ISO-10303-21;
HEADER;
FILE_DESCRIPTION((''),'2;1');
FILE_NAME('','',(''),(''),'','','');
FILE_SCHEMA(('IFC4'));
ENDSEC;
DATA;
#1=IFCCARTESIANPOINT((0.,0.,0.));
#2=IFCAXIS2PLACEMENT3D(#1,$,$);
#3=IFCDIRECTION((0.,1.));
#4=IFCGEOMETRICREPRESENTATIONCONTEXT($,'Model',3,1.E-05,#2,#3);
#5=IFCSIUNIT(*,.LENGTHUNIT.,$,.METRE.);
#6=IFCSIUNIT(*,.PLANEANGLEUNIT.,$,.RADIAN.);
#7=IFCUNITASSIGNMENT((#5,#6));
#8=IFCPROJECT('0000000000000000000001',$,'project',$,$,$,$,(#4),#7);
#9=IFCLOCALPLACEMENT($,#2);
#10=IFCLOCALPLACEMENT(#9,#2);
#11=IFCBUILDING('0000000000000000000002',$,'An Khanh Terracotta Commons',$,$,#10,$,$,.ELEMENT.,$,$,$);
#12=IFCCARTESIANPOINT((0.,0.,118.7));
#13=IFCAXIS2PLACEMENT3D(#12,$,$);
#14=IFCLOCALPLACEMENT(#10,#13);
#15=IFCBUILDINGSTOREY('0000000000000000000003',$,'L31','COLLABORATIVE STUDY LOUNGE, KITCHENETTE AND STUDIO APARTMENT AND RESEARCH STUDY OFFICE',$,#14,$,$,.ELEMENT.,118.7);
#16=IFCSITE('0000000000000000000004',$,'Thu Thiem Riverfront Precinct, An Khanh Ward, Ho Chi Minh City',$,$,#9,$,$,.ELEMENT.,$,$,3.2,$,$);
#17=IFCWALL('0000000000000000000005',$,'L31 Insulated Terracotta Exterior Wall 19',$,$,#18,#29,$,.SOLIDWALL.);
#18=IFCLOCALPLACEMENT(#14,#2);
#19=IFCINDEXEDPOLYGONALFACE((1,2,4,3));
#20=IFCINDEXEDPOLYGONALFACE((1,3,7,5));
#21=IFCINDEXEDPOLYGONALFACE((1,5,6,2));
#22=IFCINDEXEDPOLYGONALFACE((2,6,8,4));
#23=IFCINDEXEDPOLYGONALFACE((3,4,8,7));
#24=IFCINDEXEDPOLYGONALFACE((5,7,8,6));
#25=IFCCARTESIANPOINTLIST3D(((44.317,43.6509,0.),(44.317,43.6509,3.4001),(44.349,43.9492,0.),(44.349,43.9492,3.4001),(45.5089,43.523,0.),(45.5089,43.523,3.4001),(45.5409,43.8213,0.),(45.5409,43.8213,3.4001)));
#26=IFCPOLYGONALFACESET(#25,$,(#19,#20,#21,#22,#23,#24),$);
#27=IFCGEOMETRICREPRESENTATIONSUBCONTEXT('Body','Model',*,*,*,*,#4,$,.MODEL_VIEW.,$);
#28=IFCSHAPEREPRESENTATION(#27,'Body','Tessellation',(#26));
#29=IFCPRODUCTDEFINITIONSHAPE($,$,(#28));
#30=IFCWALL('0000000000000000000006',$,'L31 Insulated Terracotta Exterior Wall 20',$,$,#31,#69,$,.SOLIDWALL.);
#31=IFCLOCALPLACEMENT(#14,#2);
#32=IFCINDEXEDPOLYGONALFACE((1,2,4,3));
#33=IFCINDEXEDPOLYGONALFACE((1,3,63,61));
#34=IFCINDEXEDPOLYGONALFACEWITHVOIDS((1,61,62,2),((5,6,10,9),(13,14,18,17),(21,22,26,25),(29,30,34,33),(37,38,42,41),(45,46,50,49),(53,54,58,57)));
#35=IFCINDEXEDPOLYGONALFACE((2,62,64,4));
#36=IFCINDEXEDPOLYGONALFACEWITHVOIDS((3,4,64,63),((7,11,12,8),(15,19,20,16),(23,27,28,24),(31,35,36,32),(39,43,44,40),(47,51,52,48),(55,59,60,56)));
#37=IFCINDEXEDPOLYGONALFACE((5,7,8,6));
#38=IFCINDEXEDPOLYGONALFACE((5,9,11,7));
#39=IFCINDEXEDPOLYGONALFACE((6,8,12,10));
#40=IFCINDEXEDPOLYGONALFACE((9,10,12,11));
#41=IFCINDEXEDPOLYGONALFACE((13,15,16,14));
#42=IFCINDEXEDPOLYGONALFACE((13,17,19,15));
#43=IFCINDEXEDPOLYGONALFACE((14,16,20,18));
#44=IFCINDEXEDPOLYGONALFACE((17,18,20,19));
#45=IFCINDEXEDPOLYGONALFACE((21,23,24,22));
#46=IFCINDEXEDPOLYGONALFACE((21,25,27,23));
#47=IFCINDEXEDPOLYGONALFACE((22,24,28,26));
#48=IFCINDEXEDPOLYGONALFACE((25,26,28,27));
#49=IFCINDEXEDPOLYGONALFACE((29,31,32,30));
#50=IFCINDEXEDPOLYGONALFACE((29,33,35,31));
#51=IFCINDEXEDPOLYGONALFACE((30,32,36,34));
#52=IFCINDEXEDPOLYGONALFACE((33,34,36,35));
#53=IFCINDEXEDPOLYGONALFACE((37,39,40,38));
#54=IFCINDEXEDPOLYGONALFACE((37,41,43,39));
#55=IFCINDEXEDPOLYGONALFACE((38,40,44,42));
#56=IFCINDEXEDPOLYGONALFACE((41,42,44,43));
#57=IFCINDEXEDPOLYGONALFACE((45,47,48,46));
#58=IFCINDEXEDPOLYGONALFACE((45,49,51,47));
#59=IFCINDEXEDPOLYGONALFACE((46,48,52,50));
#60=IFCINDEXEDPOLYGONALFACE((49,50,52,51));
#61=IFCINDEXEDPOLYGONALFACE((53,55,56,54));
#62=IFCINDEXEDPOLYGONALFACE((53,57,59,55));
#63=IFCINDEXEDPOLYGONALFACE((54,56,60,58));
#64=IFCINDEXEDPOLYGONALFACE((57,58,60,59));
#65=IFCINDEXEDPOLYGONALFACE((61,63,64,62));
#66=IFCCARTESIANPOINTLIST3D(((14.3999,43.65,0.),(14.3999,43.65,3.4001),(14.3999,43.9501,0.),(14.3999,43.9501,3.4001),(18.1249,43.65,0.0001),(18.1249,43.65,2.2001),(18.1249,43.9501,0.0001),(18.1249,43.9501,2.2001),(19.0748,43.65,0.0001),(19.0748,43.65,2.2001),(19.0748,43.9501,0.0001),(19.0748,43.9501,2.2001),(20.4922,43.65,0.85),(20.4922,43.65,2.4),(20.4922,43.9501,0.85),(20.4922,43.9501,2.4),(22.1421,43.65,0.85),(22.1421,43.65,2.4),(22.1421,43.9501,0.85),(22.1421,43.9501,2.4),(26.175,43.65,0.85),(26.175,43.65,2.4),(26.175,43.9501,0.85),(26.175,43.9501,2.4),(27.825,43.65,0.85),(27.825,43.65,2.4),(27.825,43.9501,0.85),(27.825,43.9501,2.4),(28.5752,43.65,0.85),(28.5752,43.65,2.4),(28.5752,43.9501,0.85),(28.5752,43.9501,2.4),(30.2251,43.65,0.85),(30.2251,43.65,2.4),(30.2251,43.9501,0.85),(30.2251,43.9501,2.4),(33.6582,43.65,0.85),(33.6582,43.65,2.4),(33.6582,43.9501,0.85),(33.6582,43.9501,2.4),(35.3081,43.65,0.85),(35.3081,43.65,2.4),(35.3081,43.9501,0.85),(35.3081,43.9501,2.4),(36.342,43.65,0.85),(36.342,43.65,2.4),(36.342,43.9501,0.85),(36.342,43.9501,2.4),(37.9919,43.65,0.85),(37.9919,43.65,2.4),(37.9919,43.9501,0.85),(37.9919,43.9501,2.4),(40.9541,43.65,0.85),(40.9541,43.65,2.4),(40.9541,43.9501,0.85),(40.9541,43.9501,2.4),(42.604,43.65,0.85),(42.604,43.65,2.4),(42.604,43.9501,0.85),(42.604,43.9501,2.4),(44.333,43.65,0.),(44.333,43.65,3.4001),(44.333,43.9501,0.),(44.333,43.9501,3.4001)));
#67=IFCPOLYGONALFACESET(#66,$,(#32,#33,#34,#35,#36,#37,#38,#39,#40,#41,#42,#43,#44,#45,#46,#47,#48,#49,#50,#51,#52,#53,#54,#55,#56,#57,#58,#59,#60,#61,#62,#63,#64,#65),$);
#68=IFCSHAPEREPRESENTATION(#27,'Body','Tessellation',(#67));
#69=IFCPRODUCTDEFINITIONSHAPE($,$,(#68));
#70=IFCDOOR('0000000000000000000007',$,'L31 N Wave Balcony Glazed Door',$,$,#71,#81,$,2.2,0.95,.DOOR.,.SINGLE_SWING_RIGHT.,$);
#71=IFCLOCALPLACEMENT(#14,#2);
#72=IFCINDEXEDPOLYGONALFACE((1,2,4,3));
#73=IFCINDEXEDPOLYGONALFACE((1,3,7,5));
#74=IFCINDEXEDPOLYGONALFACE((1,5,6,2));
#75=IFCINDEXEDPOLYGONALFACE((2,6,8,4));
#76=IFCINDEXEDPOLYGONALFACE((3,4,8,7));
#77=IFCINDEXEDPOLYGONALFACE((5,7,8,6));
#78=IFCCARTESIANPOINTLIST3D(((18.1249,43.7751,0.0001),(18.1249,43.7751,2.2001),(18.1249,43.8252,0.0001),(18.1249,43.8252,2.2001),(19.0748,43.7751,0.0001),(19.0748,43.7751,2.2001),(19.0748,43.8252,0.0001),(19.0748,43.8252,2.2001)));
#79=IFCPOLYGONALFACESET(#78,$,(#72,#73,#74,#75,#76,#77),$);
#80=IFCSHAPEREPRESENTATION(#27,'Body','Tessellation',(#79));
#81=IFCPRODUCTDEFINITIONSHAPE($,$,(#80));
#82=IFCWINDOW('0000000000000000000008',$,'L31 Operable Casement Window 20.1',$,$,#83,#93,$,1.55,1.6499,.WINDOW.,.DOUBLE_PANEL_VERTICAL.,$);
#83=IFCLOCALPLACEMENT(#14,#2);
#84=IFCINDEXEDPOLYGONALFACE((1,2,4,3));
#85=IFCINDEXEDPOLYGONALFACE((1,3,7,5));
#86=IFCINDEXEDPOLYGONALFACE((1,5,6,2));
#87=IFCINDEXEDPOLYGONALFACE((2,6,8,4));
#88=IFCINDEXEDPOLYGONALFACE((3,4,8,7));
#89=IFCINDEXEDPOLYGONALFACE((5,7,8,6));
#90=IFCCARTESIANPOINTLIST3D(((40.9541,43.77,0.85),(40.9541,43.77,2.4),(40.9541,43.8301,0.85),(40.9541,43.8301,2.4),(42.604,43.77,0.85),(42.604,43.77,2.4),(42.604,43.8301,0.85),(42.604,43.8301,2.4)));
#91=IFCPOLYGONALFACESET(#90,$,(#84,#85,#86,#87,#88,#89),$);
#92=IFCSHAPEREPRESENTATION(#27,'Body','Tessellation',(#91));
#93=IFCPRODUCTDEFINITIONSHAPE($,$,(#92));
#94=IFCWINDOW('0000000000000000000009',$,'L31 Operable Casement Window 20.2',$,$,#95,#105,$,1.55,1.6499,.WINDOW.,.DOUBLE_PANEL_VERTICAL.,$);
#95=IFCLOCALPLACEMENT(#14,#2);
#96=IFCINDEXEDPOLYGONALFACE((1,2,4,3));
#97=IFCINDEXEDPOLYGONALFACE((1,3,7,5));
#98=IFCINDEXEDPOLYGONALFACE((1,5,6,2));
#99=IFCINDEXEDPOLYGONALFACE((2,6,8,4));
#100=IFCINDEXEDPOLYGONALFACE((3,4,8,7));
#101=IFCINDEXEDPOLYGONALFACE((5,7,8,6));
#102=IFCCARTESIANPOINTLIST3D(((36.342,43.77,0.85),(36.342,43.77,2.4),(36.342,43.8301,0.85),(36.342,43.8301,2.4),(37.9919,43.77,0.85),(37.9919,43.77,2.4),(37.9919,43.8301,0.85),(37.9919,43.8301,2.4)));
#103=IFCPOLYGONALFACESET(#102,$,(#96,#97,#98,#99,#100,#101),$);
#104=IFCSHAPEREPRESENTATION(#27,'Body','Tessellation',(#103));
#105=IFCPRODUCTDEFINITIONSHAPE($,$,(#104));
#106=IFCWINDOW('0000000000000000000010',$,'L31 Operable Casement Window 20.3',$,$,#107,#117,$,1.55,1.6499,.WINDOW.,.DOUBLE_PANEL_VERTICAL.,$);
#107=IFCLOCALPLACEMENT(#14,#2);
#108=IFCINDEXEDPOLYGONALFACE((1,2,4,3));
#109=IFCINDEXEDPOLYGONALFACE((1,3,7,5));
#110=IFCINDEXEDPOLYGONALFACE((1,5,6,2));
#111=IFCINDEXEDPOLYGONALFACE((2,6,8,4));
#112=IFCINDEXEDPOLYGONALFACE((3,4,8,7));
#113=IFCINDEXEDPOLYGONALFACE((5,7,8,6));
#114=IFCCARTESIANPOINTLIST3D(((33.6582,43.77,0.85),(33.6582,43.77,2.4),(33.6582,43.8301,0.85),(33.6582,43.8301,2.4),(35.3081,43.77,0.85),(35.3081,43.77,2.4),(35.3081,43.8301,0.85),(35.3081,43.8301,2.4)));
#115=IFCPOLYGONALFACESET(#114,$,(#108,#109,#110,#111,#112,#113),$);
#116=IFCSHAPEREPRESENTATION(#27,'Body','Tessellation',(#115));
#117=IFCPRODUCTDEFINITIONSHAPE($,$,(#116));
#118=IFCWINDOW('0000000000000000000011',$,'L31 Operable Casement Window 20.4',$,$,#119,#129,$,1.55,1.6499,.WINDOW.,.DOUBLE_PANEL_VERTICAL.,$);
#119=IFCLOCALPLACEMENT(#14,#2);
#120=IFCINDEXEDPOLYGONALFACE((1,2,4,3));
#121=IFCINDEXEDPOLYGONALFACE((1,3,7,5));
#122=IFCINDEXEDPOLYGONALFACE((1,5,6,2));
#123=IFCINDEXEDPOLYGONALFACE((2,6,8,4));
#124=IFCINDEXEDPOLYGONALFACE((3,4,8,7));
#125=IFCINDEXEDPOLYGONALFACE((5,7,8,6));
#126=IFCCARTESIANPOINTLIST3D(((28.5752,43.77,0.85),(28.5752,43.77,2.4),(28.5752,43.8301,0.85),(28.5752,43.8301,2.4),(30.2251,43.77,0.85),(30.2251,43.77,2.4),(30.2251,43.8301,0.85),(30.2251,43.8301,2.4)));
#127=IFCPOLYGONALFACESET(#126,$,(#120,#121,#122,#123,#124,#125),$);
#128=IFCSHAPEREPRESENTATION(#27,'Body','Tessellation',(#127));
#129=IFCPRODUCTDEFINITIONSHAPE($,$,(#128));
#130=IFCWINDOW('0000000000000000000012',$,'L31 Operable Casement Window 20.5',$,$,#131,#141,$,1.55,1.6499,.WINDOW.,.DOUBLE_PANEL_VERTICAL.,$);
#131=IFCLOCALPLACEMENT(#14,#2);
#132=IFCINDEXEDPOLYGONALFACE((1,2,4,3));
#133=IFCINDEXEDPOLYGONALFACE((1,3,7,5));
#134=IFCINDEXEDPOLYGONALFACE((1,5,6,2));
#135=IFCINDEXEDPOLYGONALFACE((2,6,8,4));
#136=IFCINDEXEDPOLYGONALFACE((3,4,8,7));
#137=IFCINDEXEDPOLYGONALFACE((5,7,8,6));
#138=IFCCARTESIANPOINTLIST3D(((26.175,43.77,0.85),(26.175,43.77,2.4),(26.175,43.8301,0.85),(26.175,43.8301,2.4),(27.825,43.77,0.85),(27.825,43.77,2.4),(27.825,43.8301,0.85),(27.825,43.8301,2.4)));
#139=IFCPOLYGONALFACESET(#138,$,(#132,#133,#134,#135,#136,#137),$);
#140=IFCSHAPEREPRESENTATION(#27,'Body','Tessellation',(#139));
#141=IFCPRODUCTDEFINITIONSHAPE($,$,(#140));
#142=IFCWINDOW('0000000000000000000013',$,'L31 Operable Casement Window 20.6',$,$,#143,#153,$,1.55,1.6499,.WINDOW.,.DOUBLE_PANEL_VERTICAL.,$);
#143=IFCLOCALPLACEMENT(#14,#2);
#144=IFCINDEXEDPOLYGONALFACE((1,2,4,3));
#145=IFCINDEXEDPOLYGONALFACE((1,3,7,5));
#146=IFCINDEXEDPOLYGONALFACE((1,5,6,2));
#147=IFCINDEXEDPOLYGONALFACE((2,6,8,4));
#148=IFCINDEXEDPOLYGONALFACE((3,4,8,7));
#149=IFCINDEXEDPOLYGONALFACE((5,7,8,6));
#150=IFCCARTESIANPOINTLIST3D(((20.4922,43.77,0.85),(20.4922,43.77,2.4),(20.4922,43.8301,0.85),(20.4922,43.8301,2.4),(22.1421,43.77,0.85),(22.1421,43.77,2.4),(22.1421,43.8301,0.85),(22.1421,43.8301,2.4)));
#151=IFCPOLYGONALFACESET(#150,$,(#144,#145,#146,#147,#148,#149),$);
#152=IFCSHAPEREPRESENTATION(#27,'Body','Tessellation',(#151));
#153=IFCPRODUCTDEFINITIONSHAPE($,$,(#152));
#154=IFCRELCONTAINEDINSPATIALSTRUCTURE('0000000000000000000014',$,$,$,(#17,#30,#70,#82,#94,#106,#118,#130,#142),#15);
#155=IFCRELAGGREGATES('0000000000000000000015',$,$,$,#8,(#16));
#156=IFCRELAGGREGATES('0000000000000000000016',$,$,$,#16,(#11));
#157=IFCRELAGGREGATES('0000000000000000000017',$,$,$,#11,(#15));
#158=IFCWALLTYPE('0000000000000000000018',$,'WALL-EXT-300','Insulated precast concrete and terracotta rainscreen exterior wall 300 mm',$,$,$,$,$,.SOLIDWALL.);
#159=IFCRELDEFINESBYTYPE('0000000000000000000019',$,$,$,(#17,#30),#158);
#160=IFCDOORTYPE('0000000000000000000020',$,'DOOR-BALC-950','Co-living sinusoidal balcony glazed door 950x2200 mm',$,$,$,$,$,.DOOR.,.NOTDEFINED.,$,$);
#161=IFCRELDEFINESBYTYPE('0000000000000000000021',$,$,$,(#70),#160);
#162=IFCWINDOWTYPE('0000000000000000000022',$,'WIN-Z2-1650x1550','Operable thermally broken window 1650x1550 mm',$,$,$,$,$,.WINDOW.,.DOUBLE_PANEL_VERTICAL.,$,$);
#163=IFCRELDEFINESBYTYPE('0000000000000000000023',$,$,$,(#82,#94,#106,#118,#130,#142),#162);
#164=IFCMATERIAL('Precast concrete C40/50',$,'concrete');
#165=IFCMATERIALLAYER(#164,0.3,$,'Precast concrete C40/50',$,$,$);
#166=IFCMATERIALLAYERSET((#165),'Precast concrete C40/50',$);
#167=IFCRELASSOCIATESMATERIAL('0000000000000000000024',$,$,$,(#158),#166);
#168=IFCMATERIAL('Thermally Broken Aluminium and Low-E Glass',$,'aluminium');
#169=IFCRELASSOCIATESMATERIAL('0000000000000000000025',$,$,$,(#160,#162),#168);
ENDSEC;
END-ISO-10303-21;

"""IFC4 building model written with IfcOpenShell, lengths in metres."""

from ifc_helpers import new_model, si_unit, direction, frame, frame_2d, origin, place, context, subcontext, project, spatial, rectangle, extrude, material, layer, layer_set, type_object, element, fill, save


model = new_model("IFC4")

# Units and contexts
model_context = context("Model", 3, precision=1e-05, world=origin(), true_north=direction((0.0, 1.0)))
body_context = subcontext(model_context, "Body", "Model", "MODEL_VIEW")
ifc_project = project(units=[si_unit("LENGTHUNIT", "METRE"), si_unit("PLANEANGLEUNIT", "RADIAN")], contexts=[model_context])

# Site, building, storey
site_placement = place(None, origin())
site = spatial("IfcSite", under=ifc_project, at=site_placement, Name="Thu Thiem Riverfront Precinct, An Khanh Ward, Ho Chi Minh City", CompositionType="ELEMENT", RefElevation=3.2)
building_placement = place(site_placement, origin())
building = spatial("IfcBuilding", under=site, at=building_placement, Name="An Khanh Terracotta Commons", CompositionType="ELEMENT")
storey_placement = place(building_placement, frame((0.0, 0.0, 118.7)))
storey = spatial("IfcBuildingStorey", under=building, at=storey_placement, Name="L31", Description="COLLABORATIVE STUDY LOUNGE, KITCHENETTE AND STUDIO APARTMENT AND RESEARCH STUDY OFFICE", CompositionType="ELEMENT", Elevation=118.7)

# Wall
ifc_material_1 = material(Name="Precast concrete C40/50", Category="concrete")
ifc_layer_1 = layer(ifc_material_1, 0.3, Name="Precast concrete C40/50")
ifc_layer_set_1 = layer_set([ifc_layer_1], Name="Precast concrete C40/50")
wall_type = type_object("IfcWallType", Name="WALL-EXT-300", Description="Insulated precast concrete and terracotta rainscreen exterior wall 300 mm", PredefinedType="SOLIDWALL", material=ifc_layer_set_1)
wall_1_placement = place(storey_placement, frame((45.5249, 43.6721, 0.0), z_axis=(0.0, 0.0, 1.0), x_axis=(-0.994289, 0.10672, 0.0)))
element("IfcWall", 1, at=wall_1_placement, inside=storey, type_object=wall_type, Name="L31 Insulated Terracotta Exterior Wall 19", PredefinedType="SOLIDWALL", context=body_context, shape_type="SweptSolid", body=[
    extrude(rectangle(XDim=1.1987, YDim=0.3, at=frame_2d((0.5994, 0.0))), origin(), (0.0, 0.0, 1.0), 3.4001),
])

# Wall, openings, door, windows
wall_2_placement = place(storey_placement, frame((44.333, 43.8, 0.0), z_axis=(0.0, 0.0, 1.0), x_axis=(-1.0, 0.0, 0.0)))
wall_2 = element("IfcWall", 2, at=wall_2_placement, inside=storey, type_object=wall_type, Name="L31 Insulated Terracotta Exterior Wall 20", PredefinedType="SOLIDWALL", context=body_context, shape_type="SweptSolid", body=[
    extrude(rectangle(XDim=29.9331, YDim=0.3, at=frame_2d((14.9666, 0.0))), origin(), (0.0, 0.0, 1.0), 3.4001),
])
opening_1_placement = place(wall_2_placement, frame((25.2581, 0.0, 0.0)))
opening_1 = element("IfcOpeningElement", 3, at=opening_1_placement, cuts=wall_2, PredefinedType="OPENING", context=body_context, shape_type="SweptSolid", body=[
    extrude(rectangle(XDim=0.95, YDim=2.2, at=frame_2d((0.4751, 1.1001))), frame((0.0, 0.1599, 0.0), z_axis=(0.0, -1.0, 0.0), x_axis=(1.0, 0.0, 0.0)), (0.0, 0.0, 1.0), 0.3201),
])
opening_2_placement = place(wall_2_placement, frame((1.729, 0.0, 0.8501)))
opening_2 = element("IfcOpeningElement", 4, at=opening_2_placement, cuts=wall_2, PredefinedType="OPENING", context=body_context, shape_type="SweptSolid", body=[
    extrude(rectangle(XDim=1.6499, YDim=1.55, at=frame_2d((0.825, 0.7749))), frame((0.0, 0.1599, 0.0), z_axis=(0.0, -1.0, 0.0), x_axis=(1.0, 0.0, 0.0)), (0.0, 0.0, 1.0), 0.3201),
])
opening_3_placement = place(wall_2_placement, frame((6.3411, 0.0, 0.8501)))
opening_3 = element("IfcOpeningElement", 5, at=opening_3_placement, cuts=wall_2, PredefinedType="OPENING", context=body_context, shape_type="SweptSolid", body=[
    extrude(rectangle(XDim=1.6499, YDim=1.55, at=frame_2d((0.825, 0.7749))), frame((0.0, 0.1599, 0.0), z_axis=(0.0, -1.0, 0.0), x_axis=(1.0, 0.0, 0.0)), (0.0, 0.0, 1.0), 0.3201),
])
opening_4_placement = place(wall_2_placement, frame((9.0249, 0.0, 0.8501)))
opening_4 = element("IfcOpeningElement", 6, at=opening_4_placement, cuts=wall_2, PredefinedType="OPENING", context=body_context, shape_type="SweptSolid", body=[
    extrude(rectangle(XDim=1.6499, YDim=1.55, at=frame_2d((0.825, 0.7749))), frame((0.0, 0.1599, 0.0), z_axis=(0.0, -1.0, 0.0), x_axis=(1.0, 0.0, 0.0)), (0.0, 0.0, 1.0), 0.3201),
])
opening_5_placement = place(wall_2_placement, frame((14.1079, 0.0, 0.8501)))
opening_5 = element("IfcOpeningElement", 7, at=opening_5_placement, cuts=wall_2, PredefinedType="OPENING", context=body_context, shape_type="SweptSolid", body=[
    extrude(rectangle(XDim=1.6499, YDim=1.55, at=frame_2d((0.825, 0.7749))), frame((0.0, 0.1599, 0.0), z_axis=(0.0, -1.0, 0.0), x_axis=(1.0, 0.0, 0.0)), (0.0, 0.0, 1.0), 0.3201),
])
opening_6_placement = place(wall_2_placement, frame((16.5081, 0.0, 0.8501)))
opening_6 = element("IfcOpeningElement", 8, at=opening_6_placement, cuts=wall_2, PredefinedType="OPENING", context=body_context, shape_type="SweptSolid", body=[
    extrude(rectangle(XDim=1.6499, YDim=1.55, at=frame_2d((0.825, 0.7749))), frame((0.0, 0.1599, 0.0), z_axis=(0.0, -1.0, 0.0), x_axis=(1.0, 0.0, 0.0)), (0.0, 0.0, 1.0), 0.3201),
])
opening_7_placement = place(wall_2_placement, frame((22.1909, 0.0, 0.8501)))
opening_7 = element("IfcOpeningElement", 9, at=opening_7_placement, cuts=wall_2, PredefinedType="OPENING", context=body_context, shape_type="SweptSolid", body=[
    extrude(rectangle(XDim=1.6499, YDim=1.55, at=frame_2d((0.825, 0.7749))), frame((0.0, 0.1599, 0.0), z_axis=(0.0, -1.0, 0.0), x_axis=(1.0, 0.0, 0.0)), (0.0, 0.0, 1.0), 0.3201),
])
ifc_material_2 = material(Name="Thermally Broken Aluminium and Low-E Glass", Category="aluminium")
door_type = type_object("IfcDoorType", Name="DOOR-BALC-950", Description="Co-living sinusoidal balcony glazed door 950x2200 mm", OperationType="NOTDEFINED", PredefinedType="DOOR", material=ifc_material_2)
door_placement = place(opening_1_placement, origin())
door = element("IfcDoor", 10, at=door_placement, inside=storey, type_object=door_type, Name="L31 N Wave Balcony Glazed Door", OperationType="SINGLE_SWING_RIGHT", OverallHeight=2.2, OverallWidth=0.95, PredefinedType="DOOR", context=body_context, shape_type="SweptSolid", body=[
    extrude(rectangle(XDim=0.95, YDim=2.2, at=frame_2d((0.4751, 1.1001))), frame((0.0, 0.0249, 0.0), z_axis=(0.0, -1.0, 0.0), x_axis=(1.0, 0.0, 0.0)), (0.0, 0.0, 1.0), 0.05),
])
fill(opening_1, door)
window_type = type_object("IfcWindowType", Name="WIN-Z2-1650x1550", Description="Operable thermally broken window 1650x1550 mm", PartitioningType="DOUBLE_PANEL_VERTICAL", PredefinedType="WINDOW", material=ifc_material_2)
window_1_placement = place(opening_2_placement, origin())
window_1 = element("IfcWindow", 11, at=window_1_placement, inside=storey, type_object=window_type, Name="L31 Operable Casement Window 20.1", OverallHeight=1.55, OverallWidth=1.6499, PartitioningType="DOUBLE_PANEL_VERTICAL", PredefinedType="WINDOW", context=body_context, shape_type="SweptSolid", body=[
    extrude(rectangle(XDim=1.6499, YDim=1.55, at=frame_2d((0.825, 0.7749))), frame((0.0, 0.03, 0.0), z_axis=(0.0, -1.0, 0.0), x_axis=(1.0, 0.0, 0.0)), (0.0, 0.0, 1.0), 0.0601),
])
fill(opening_2, window_1)
window_2_placement = place(opening_3_placement, origin())
window_2 = element("IfcWindow", 12, at=window_2_placement, inside=storey, type_object=window_type, Name="L31 Operable Casement Window 20.2", OverallHeight=1.55, OverallWidth=1.6499, PartitioningType="DOUBLE_PANEL_VERTICAL", PredefinedType="WINDOW", context=body_context, shape_type="SweptSolid", body=[
    extrude(rectangle(XDim=1.6499, YDim=1.55, at=frame_2d((0.825, 0.7749))), frame((0.0, 0.03, 0.0), z_axis=(0.0, -1.0, 0.0), x_axis=(1.0, 0.0, 0.0)), (0.0, 0.0, 1.0), 0.0601),
])
fill(opening_3, window_2)
window_3_placement = place(opening_4_placement, origin())
window_3 = element("IfcWindow", 13, at=window_3_placement, inside=storey, type_object=window_type, Name="L31 Operable Casement Window 20.3", OverallHeight=1.55, OverallWidth=1.6499, PartitioningType="DOUBLE_PANEL_VERTICAL", PredefinedType="WINDOW", context=body_context, shape_type="SweptSolid", body=[
    extrude(rectangle(XDim=1.6499, YDim=1.55, at=frame_2d((0.825, 0.7749))), frame((0.0, 0.03, 0.0), z_axis=(0.0, -1.0, 0.0), x_axis=(1.0, 0.0, 0.0)), (0.0, 0.0, 1.0), 0.0601),
])
fill(opening_4, window_3)
window_4_placement = place(opening_5_placement, origin())
window_4 = element("IfcWindow", 14, at=window_4_placement, inside=storey, type_object=window_type, Name="L31 Operable Casement Window 20.4", OverallHeight=1.55, OverallWidth=1.6499, PartitioningType="DOUBLE_PANEL_VERTICAL", PredefinedType="WINDOW", context=body_context, shape_type="SweptSolid", body=[
    extrude(rectangle(XDim=1.6499, YDim=1.55, at=frame_2d((0.825, 0.7749))), frame((0.0, 0.03, 0.0), z_axis=(0.0, -1.0, 0.0), x_axis=(1.0, 0.0, 0.0)), (0.0, 0.0, 1.0), 0.0601),
])
fill(opening_5, window_4)
window_5_placement = place(opening_6_placement, origin())
window_5 = element("IfcWindow", 15, at=window_5_placement, inside=storey, type_object=window_type, Name="L31 Operable Casement Window 20.5", OverallHeight=1.55, OverallWidth=1.6499, PartitioningType="DOUBLE_PANEL_VERTICAL", PredefinedType="WINDOW", context=body_context, shape_type="SweptSolid", body=[
    extrude(rectangle(XDim=1.6499, YDim=1.55, at=frame_2d((0.825, 0.7749))), frame((0.0, 0.03, 0.0), z_axis=(0.0, -1.0, 0.0), x_axis=(1.0, 0.0, 0.0)), (0.0, 0.0, 1.0), 0.0601),
])
fill(opening_6, window_5)
window_6_placement = place(opening_7_placement, origin())
window_6 = element("IfcWindow", 16, at=window_6_placement, inside=storey, type_object=window_type, Name="L31 Operable Casement Window 20.6", OverallHeight=1.55, OverallWidth=1.6499, PartitioningType="DOUBLE_PANEL_VERTICAL", PredefinedType="WINDOW", context=body_context, shape_type="SweptSolid", body=[
    extrude(rectangle(XDim=1.6499, YDim=1.55, at=frame_2d((0.825, 0.7749))), frame((0.0, 0.03, 0.0), z_axis=(0.0, -1.0, 0.0), x_axis=(1.0, 0.0, 0.0)), (0.0, 0.0, 1.0), 0.0601),
])
fill(opening_7, window_6)

save(model, "model.ifc")
